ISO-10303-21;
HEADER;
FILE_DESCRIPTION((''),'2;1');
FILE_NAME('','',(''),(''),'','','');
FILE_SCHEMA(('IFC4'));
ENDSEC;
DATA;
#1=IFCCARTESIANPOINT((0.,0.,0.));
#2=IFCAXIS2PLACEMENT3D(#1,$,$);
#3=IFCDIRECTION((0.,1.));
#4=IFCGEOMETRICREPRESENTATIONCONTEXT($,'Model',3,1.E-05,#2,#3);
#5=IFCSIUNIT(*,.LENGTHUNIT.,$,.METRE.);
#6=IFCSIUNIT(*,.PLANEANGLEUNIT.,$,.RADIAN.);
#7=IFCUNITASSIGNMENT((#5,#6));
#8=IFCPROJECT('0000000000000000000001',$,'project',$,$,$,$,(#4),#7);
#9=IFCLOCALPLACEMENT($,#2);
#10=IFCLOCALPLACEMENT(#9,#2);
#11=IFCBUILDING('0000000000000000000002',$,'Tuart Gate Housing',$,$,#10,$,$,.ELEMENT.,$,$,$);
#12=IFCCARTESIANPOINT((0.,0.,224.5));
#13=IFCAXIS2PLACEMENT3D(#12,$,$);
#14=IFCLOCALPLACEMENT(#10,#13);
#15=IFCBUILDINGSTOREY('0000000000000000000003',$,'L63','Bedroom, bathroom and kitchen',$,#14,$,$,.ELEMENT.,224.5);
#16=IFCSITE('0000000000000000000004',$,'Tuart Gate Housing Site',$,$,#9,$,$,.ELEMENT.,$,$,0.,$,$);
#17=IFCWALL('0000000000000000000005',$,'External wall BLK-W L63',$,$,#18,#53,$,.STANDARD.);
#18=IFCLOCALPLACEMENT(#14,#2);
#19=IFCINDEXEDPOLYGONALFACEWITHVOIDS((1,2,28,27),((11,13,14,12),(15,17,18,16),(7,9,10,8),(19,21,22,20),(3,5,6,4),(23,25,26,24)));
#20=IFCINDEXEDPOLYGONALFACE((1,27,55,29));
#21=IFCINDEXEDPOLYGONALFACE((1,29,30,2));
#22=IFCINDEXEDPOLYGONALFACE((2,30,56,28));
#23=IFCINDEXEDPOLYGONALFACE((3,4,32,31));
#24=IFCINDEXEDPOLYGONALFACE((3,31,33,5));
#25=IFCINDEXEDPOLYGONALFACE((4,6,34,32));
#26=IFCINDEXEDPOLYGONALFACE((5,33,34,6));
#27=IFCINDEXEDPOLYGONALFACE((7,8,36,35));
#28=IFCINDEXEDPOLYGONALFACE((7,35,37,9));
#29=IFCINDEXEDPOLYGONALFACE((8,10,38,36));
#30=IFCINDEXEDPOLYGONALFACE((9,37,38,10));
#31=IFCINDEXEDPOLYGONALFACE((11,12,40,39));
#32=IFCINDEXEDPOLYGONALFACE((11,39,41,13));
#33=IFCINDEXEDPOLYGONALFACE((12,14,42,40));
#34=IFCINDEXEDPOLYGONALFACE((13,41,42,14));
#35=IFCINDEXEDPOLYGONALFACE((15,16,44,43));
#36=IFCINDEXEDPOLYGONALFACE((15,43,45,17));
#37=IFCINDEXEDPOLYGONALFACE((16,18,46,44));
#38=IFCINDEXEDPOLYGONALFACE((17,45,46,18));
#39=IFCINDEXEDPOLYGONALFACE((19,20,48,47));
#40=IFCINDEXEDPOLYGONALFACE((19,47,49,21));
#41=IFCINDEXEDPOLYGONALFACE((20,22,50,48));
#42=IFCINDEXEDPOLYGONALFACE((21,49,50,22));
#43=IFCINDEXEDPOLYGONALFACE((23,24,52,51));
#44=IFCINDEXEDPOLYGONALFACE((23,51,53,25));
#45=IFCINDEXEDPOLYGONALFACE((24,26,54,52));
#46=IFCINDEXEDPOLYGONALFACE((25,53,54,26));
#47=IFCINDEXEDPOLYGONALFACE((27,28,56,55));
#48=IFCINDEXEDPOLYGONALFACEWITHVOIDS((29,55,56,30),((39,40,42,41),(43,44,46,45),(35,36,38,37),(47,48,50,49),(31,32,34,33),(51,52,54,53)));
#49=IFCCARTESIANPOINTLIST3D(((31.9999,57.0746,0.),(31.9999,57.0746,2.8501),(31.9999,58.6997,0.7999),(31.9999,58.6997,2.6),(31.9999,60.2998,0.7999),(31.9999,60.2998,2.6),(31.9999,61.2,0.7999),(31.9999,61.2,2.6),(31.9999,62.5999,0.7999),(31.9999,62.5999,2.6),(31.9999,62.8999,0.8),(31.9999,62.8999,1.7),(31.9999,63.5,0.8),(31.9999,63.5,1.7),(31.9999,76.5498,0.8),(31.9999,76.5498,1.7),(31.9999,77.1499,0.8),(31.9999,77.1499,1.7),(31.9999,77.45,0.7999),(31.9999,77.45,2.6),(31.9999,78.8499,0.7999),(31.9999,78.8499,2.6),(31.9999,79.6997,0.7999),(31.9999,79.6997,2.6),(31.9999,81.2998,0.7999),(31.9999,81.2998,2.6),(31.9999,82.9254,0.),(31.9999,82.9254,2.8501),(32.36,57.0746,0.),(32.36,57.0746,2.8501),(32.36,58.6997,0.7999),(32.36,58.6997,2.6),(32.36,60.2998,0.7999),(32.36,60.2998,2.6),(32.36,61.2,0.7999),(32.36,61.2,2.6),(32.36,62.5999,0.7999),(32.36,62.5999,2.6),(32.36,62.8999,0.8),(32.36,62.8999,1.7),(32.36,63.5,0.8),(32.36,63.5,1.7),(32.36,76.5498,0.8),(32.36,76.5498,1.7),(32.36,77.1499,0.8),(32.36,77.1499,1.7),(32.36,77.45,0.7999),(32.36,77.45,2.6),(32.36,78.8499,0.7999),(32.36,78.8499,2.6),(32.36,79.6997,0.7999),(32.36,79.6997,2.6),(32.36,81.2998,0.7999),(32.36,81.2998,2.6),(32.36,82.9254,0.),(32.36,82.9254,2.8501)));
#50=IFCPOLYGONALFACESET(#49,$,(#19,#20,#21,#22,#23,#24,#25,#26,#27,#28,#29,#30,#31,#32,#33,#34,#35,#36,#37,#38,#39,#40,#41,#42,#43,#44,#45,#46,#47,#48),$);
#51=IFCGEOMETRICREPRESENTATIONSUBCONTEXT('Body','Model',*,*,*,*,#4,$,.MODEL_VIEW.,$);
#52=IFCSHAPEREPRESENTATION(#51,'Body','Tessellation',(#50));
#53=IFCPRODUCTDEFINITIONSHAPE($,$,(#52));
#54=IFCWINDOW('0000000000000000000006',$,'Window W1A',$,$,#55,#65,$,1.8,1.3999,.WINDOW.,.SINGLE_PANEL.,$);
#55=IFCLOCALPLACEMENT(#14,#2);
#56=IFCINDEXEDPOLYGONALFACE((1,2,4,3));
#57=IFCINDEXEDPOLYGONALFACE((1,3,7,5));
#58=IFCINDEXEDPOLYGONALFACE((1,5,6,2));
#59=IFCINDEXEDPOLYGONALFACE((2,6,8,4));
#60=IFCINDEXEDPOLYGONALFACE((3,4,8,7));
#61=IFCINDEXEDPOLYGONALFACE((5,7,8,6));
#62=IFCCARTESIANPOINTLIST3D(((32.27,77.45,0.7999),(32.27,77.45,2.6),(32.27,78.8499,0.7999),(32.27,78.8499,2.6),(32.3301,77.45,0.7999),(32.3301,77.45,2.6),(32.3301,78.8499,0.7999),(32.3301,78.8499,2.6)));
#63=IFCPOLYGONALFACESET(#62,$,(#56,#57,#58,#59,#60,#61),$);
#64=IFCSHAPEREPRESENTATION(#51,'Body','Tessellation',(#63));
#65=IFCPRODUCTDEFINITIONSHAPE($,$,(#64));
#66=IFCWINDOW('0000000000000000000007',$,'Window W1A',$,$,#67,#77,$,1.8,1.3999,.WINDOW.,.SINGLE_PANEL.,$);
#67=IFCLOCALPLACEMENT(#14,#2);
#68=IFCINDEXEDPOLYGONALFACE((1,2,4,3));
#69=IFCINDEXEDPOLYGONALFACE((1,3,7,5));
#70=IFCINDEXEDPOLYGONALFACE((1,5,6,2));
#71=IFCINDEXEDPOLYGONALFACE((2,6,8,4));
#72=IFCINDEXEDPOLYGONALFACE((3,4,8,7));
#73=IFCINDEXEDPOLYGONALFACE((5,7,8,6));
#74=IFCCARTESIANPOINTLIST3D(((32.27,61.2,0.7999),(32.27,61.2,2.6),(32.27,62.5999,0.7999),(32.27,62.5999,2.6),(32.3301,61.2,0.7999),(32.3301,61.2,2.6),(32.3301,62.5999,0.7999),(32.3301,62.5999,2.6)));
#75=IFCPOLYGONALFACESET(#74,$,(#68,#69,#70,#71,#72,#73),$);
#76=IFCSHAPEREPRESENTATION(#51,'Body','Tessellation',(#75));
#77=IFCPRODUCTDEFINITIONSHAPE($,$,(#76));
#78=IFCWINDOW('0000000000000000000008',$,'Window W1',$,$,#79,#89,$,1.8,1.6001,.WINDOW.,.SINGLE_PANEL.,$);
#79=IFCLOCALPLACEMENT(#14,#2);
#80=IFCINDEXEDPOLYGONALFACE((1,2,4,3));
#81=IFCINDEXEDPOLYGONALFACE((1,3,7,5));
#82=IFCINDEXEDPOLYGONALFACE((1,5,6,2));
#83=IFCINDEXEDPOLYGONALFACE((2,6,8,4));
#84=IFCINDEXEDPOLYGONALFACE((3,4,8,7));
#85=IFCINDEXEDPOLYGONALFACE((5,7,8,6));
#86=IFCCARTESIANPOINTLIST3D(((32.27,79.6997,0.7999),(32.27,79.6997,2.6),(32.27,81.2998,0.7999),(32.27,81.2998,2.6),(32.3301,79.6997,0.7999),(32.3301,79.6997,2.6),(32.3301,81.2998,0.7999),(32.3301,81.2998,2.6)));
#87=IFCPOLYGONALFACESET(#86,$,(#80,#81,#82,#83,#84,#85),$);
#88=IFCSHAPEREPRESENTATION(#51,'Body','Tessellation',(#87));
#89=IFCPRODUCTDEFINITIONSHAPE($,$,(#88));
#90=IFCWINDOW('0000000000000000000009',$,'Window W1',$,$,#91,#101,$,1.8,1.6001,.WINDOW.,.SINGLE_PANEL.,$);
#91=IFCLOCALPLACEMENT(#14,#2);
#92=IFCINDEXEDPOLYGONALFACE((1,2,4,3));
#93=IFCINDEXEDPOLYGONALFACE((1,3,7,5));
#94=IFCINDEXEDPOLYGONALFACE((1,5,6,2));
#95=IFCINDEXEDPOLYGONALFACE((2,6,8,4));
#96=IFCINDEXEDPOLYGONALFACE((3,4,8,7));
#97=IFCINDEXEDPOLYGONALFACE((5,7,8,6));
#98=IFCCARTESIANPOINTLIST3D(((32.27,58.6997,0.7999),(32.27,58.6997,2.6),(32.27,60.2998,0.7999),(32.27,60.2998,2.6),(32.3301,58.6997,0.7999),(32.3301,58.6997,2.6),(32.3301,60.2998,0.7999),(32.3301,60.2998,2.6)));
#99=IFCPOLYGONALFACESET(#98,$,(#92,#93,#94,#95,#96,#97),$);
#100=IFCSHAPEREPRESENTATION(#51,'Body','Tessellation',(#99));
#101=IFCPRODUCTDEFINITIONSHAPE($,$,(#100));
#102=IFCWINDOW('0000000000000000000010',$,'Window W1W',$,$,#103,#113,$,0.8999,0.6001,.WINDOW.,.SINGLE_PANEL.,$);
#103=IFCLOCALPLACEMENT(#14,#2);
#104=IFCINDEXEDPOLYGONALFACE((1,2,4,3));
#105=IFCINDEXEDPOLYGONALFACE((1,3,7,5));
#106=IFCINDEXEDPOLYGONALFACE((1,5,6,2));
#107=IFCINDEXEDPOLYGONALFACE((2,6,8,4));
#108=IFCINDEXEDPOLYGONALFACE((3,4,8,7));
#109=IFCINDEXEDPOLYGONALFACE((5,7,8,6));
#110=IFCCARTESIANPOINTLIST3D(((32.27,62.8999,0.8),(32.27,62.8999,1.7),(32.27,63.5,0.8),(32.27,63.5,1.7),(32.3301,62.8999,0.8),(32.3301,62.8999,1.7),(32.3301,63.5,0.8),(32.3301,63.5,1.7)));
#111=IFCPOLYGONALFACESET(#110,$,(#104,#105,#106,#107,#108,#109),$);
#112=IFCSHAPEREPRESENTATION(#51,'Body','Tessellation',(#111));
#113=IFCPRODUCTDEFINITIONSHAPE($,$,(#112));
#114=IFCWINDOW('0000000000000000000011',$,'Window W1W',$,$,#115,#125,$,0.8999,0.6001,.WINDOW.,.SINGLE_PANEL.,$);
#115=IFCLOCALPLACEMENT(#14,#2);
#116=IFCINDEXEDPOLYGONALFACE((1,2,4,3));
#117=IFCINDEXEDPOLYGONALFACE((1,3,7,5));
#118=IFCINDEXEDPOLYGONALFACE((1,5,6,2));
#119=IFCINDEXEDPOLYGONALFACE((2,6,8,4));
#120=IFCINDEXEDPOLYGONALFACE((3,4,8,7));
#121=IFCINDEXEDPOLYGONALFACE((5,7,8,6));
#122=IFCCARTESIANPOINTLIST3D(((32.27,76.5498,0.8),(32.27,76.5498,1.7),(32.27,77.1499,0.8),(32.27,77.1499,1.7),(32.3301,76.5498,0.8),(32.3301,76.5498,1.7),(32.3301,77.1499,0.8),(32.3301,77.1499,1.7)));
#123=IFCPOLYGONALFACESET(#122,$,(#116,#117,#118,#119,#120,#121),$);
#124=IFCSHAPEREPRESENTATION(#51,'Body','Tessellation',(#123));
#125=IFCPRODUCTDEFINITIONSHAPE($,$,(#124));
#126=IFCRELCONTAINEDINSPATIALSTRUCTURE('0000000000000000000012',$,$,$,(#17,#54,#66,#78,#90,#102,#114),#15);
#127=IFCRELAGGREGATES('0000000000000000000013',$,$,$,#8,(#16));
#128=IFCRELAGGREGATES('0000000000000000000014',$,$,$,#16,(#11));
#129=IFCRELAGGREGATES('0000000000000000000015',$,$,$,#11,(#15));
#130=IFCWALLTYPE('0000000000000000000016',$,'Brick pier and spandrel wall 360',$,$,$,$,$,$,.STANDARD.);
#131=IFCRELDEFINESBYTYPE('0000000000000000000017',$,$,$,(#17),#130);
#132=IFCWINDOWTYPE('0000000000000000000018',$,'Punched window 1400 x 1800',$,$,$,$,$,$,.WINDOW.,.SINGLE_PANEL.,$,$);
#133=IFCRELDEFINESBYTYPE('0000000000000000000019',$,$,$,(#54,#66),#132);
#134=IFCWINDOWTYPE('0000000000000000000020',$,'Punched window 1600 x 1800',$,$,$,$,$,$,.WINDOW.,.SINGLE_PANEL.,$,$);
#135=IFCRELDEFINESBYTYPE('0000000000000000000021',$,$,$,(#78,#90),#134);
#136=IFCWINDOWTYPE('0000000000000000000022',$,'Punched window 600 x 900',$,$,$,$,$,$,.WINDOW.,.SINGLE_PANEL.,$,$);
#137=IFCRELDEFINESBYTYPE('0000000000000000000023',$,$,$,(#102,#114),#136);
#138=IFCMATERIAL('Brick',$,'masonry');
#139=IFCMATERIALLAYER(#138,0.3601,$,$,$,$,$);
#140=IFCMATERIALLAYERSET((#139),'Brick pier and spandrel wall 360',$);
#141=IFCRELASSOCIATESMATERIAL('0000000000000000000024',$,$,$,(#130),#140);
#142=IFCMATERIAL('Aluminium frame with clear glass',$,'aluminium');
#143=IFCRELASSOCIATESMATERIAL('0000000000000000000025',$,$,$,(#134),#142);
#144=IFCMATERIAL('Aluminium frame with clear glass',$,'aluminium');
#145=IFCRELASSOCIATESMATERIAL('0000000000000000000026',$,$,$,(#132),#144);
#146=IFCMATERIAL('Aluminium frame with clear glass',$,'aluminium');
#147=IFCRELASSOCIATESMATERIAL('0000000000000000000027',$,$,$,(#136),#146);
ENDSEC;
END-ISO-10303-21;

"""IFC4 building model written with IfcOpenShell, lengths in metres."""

from ifc_helpers import new_model, si_unit, direction, frame, frame_2d, origin, place, context, subcontext, project, spatial, rectangle, extrude, material, layer, layer_set, type_object, element, fill, save


model = new_model("IFC4")

# Units and contexts
model_context = context("Model", 3, precision=1e-05, world=origin(), true_north=direction((0.0, 1.0)))
body_context = subcontext(model_context, "Body", "Model", "MODEL_VIEW")
ifc_project = project(units=[si_unit("LENGTHUNIT", "METRE"), si_unit("PLANEANGLEUNIT", "RADIAN")], contexts=[model_context])

# Site, building, storey
site_placement = place(None, origin())
site = spatial("IfcSite", under=ifc_project, at=site_placement, Name="Tuart Gate Housing Site", CompositionType="ELEMENT", RefElevation=0.0)
building_placement = place(site_placement, origin())
building = spatial("IfcBuilding", under=site, at=building_placement, Name="Tuart Gate Housing", CompositionType="ELEMENT")
storey_placement = place(building_placement, frame((0.0, 0.0, 224.5)))
storey = spatial("IfcBuildingStorey", under=building, at=storey_placement, Name="L63", Description="Bedroom, bathroom and kitchen", CompositionType="ELEMENT", Elevation=224.5)

# Shared definitions
ifc_material_1 = material(Name="Brick", Category="masonry")
ifc_layer_1 = layer(ifc_material_1, 0.3601)
ifc_layer_set_1 = layer_set([ifc_layer_1], Name="Brick pier and spandrel wall 360")
wall_type_1 = type_object("IfcWallType", Name="Brick pier and spandrel wall 360", PredefinedType="STANDARD", material=ifc_layer_set_1)
ifc_material_2 = material(Name="Aluminium frame with clear glass", Category="aluminium")
window_type_1 = type_object("IfcWindowType", Name="Punched window 1600 x 1800", PartitioningType="SINGLE_PANEL", PredefinedType="WINDOW", material=ifc_material_2)

# Wall, openings, windows
wall_1_placement = place(storey_placement, frame((32.1799, 82.9253, 0.0), z_axis=(0.0, 0.0, 1.0), x_axis=(0.0, -1.0, 0.0)))
wall_1 = element("IfcWall", 1, at=wall_1_placement, inside=storey, type_object=wall_type_1, Name="External wall BLK-W L63", PredefinedType="STANDARD", context=body_context, shape_type="SweptSolid", body=[
    extrude(rectangle(XDim=25.8508, YDim=0.3601, at=frame_2d((12.9253, 0.0))), origin(), (0.0, 0.0, 1.0), 2.8501),
])
opening_1_placement = place(wall_1_placement, frame((1.6255, 0.0, 0.8)))
opening_1 = element("IfcOpeningElement", 2, at=opening_1_placement, cuts=wall_1, PredefinedType="OPENING", context=body_context, shape_type="SweptSolid", body=[
    extrude(rectangle(XDim=1.6001, YDim=1.8, at=frame_2d((0.8, 0.8999))), frame((0.0, 0.1899, 0.0), z_axis=(0.0, -1.0, 0.0), x_axis=(1.0, 0.0, 0.0)), (0.0, 0.0, 1.0), 0.3801),
])
opening_2_placement = place(wall_1_placement, frame((4.0754, 0.0, 0.8)))
opening_2 = element("IfcOpeningElement", 3, at=opening_2_placement, cuts=wall_1, PredefinedType="OPENING", context=body_context, shape_type="SweptSolid", body=[
    extrude(rectangle(XDim=1.3999, YDim=1.8, at=frame_2d((0.7, 0.8999))), frame((0.0, 0.1899, 0.0), z_axis=(0.0, -1.0, 0.0), x_axis=(1.0, 0.0, 0.0)), (0.0, 0.0, 1.0), 0.3801),
])
opening_3_placement = place(wall_1_placement, frame((19.4253, 0.0, 0.8)))
opening_3 = element("IfcOpeningElement", 4, at=opening_3_placement, cuts=wall_1, PredefinedType="OPENING", context=body_context, shape_type="SweptSolid", body=[
    extrude(rectangle(XDim=0.6001, YDim=0.8999, at=frame_2d((0.3, 0.45))), frame((0.0, 0.1899, 0.0), z_axis=(0.0, -1.0, 0.0), x_axis=(1.0, 0.0, 0.0)), (0.0, 0.0, 1.0), 0.3801),
])
opening_4_placement = place(wall_1_placement, frame((22.6255, 0.0, 0.8)))
opening_4 = element("IfcOpeningElement", 5, at=opening_4_placement, cuts=wall_1, PredefinedType="OPENING", context=body_context, shape_type="SweptSolid", body=[
    extrude(rectangle(XDim=1.6001, YDim=1.8, at=frame_2d((0.8, 0.8999))), frame((0.0, 0.1899, 0.0), z_axis=(0.0, -1.0, 0.0), x_axis=(1.0, 0.0, 0.0)), (0.0, 0.0, 1.0), 0.3801),
])
opening_5_placement = place(wall_1_placement, frame((5.7754, 0.0, 0.8)))
opening_5 = element("IfcOpeningElement", 6, at=opening_5_placement, cuts=wall_1, PredefinedType="OPENING", context=body_context, shape_type="SweptSolid", body=[
    extrude(rectangle(XDim=0.6001, YDim=0.8999, at=frame_2d((0.3, 0.45))), frame((0.0, 0.1899, 0.0), z_axis=(0.0, -1.0, 0.0), x_axis=(1.0, 0.0, 0.0)), (0.0, 0.0, 1.0), 0.3801),
])
opening_6_placement = place(wall_1_placement, frame((20.3254, 0.0, 0.8)))
opening_6 = element("IfcOpeningElement", 7, at=opening_6_placement, cuts=wall_1, PredefinedType="OPENING", context=body_context, shape_type="SweptSolid", body=[
    extrude(rectangle(XDim=1.3999, YDim=1.8, at=frame_2d((0.7, 0.8999))), frame((0.0, 0.1899, 0.0), z_axis=(0.0, -1.0, 0.0), x_axis=(1.0, 0.0, 0.0)), (0.0, 0.0, 1.0), 0.3801),
])
ifc_material_3 = material(Name="Aluminium frame with clear glass", Category="aluminium")
window_type_2 = type_object("IfcWindowType", Name="Punched window 1400 x 1800", PartitioningType="SINGLE_PANEL", PredefinedType="WINDOW", material=ifc_material_3)
window_1_placement = place(opening_2_placement, origin())
window_1 = element("IfcWindow", 8, at=window_1_placement, inside=storey, type_object=window_type_2, Name="Window W1A", OverallHeight=1.8, OverallWidth=1.3999, PartitioningType="SINGLE_PANEL", PredefinedType="WINDOW", context=body_context, shape_type="SweptSolid", body=[
    extrude(rectangle(XDim=1.3999, YDim=1.8, at=frame_2d((0.7, 0.8999))), frame((0.0, 0.1501, 0.0), z_axis=(0.0, -1.0, 0.0), x_axis=(1.0, 0.0, 0.0)), (0.0, 0.0, 1.0), 0.0601),
])
fill(opening_2, window_1)
window_2_placement = place(opening_6_placement, origin())
window_2 = element("IfcWindow", 9, at=window_2_placement, inside=storey, type_object=window_type_2, Name="Window W1A", OverallHeight=1.8, OverallWidth=1.3999, PartitioningType="SINGLE_PANEL", PredefinedType="WINDOW", context=body_context, shape_type="SweptSolid", body=[
    extrude(rectangle(XDim=1.3999, YDim=1.8, at=frame_2d((0.7, 0.8999))), frame((0.0, 0.1501, 0.0), z_axis=(0.0, -1.0, 0.0), x_axis=(1.0, 0.0, 0.0)), (0.0, 0.0, 1.0), 0.0601),
])
fill(opening_6, window_2)
window_3_placement = place(opening_1_placement, origin())
window_3 = element("IfcWindow", 10, at=window_3_placement, inside=storey, type_object=window_type_1, Name="Window W1", OverallHeight=1.8, OverallWidth=1.6001, PartitioningType="SINGLE_PANEL", PredefinedType="WINDOW", context=body_context, shape_type="SweptSolid", body=[
    extrude(rectangle(XDim=1.6001, YDim=1.8, at=frame_2d((0.8, 0.8999))), frame((0.0, 0.1501, 0.0), z_axis=(0.0, -1.0, 0.0), x_axis=(1.0, 0.0, 0.0)), (0.0, 0.0, 1.0), 0.0601),
])
fill(opening_1, window_3)
window_4_placement = place(opening_4_placement, origin())
window_4 = element("IfcWindow", 11, at=window_4_placement, inside=storey, type_object=window_type_1, Name="Window W1", OverallHeight=1.8, OverallWidth=1.6001, PartitioningType="SINGLE_PANEL", PredefinedType="WINDOW", context=body_context, shape_type="SweptSolid", body=[
    extrude(rectangle(XDim=1.6001, YDim=1.8, at=frame_2d((0.8, 0.8999))), frame((0.0, 0.1501, 0.0), z_axis=(0.0, -1.0, 0.0), x_axis=(1.0, 0.0, 0.0)), (0.0, 0.0, 1.0), 0.0601),
])
fill(opening_4, window_4)
ifc_material_4 = material(Name="Aluminium frame with clear glass", Category="aluminium")
window_type_3 = type_object("IfcWindowType", Name="Punched window 600 x 900", PartitioningType="SINGLE_PANEL", PredefinedType="WINDOW", material=ifc_material_4)
window_5_placement = place(opening_3_placement, origin())
window_5 = element("IfcWindow", 12, at=window_5_placement, inside=storey, type_object=window_type_3, Name="Window W1W", OverallHeight=0.8999, OverallWidth=0.6001, PartitioningType="SINGLE_PANEL", PredefinedType="WINDOW", context=body_context, shape_type="SweptSolid", body=[
    extrude(rectangle(XDim=0.6001, YDim=0.8999, at=frame_2d((0.3, 0.45))), frame((0.0, 0.1501, 0.0), z_axis=(0.0, -1.0, 0.0), x_axis=(1.0, 0.0, 0.0)), (0.0, 0.0, 1.0), 0.0601),
])
fill(opening_3, window_5)
window_6_placement = place(opening_5_placement, origin())
window_6 = element("IfcWindow", 13, at=window_6_placement, inside=storey, type_object=window_type_3, Name="Window W1W", OverallHeight=0.8999, OverallWidth=0.6001, PartitioningType="SINGLE_PANEL", PredefinedType="WINDOW", context=body_context, shape_type="SweptSolid", body=[
    extrude(rectangle(XDim=0.6001, YDim=0.8999, at=frame_2d((0.3, 0.45))), frame((0.0, 0.1501, 0.0), z_axis=(0.0, -1.0, 0.0), x_axis=(1.0, 0.0, 0.0)), (0.0, 0.0, 1.0), 0.0601),
])
fill(opening_5, window_6)

save(model, "model.ifc")
